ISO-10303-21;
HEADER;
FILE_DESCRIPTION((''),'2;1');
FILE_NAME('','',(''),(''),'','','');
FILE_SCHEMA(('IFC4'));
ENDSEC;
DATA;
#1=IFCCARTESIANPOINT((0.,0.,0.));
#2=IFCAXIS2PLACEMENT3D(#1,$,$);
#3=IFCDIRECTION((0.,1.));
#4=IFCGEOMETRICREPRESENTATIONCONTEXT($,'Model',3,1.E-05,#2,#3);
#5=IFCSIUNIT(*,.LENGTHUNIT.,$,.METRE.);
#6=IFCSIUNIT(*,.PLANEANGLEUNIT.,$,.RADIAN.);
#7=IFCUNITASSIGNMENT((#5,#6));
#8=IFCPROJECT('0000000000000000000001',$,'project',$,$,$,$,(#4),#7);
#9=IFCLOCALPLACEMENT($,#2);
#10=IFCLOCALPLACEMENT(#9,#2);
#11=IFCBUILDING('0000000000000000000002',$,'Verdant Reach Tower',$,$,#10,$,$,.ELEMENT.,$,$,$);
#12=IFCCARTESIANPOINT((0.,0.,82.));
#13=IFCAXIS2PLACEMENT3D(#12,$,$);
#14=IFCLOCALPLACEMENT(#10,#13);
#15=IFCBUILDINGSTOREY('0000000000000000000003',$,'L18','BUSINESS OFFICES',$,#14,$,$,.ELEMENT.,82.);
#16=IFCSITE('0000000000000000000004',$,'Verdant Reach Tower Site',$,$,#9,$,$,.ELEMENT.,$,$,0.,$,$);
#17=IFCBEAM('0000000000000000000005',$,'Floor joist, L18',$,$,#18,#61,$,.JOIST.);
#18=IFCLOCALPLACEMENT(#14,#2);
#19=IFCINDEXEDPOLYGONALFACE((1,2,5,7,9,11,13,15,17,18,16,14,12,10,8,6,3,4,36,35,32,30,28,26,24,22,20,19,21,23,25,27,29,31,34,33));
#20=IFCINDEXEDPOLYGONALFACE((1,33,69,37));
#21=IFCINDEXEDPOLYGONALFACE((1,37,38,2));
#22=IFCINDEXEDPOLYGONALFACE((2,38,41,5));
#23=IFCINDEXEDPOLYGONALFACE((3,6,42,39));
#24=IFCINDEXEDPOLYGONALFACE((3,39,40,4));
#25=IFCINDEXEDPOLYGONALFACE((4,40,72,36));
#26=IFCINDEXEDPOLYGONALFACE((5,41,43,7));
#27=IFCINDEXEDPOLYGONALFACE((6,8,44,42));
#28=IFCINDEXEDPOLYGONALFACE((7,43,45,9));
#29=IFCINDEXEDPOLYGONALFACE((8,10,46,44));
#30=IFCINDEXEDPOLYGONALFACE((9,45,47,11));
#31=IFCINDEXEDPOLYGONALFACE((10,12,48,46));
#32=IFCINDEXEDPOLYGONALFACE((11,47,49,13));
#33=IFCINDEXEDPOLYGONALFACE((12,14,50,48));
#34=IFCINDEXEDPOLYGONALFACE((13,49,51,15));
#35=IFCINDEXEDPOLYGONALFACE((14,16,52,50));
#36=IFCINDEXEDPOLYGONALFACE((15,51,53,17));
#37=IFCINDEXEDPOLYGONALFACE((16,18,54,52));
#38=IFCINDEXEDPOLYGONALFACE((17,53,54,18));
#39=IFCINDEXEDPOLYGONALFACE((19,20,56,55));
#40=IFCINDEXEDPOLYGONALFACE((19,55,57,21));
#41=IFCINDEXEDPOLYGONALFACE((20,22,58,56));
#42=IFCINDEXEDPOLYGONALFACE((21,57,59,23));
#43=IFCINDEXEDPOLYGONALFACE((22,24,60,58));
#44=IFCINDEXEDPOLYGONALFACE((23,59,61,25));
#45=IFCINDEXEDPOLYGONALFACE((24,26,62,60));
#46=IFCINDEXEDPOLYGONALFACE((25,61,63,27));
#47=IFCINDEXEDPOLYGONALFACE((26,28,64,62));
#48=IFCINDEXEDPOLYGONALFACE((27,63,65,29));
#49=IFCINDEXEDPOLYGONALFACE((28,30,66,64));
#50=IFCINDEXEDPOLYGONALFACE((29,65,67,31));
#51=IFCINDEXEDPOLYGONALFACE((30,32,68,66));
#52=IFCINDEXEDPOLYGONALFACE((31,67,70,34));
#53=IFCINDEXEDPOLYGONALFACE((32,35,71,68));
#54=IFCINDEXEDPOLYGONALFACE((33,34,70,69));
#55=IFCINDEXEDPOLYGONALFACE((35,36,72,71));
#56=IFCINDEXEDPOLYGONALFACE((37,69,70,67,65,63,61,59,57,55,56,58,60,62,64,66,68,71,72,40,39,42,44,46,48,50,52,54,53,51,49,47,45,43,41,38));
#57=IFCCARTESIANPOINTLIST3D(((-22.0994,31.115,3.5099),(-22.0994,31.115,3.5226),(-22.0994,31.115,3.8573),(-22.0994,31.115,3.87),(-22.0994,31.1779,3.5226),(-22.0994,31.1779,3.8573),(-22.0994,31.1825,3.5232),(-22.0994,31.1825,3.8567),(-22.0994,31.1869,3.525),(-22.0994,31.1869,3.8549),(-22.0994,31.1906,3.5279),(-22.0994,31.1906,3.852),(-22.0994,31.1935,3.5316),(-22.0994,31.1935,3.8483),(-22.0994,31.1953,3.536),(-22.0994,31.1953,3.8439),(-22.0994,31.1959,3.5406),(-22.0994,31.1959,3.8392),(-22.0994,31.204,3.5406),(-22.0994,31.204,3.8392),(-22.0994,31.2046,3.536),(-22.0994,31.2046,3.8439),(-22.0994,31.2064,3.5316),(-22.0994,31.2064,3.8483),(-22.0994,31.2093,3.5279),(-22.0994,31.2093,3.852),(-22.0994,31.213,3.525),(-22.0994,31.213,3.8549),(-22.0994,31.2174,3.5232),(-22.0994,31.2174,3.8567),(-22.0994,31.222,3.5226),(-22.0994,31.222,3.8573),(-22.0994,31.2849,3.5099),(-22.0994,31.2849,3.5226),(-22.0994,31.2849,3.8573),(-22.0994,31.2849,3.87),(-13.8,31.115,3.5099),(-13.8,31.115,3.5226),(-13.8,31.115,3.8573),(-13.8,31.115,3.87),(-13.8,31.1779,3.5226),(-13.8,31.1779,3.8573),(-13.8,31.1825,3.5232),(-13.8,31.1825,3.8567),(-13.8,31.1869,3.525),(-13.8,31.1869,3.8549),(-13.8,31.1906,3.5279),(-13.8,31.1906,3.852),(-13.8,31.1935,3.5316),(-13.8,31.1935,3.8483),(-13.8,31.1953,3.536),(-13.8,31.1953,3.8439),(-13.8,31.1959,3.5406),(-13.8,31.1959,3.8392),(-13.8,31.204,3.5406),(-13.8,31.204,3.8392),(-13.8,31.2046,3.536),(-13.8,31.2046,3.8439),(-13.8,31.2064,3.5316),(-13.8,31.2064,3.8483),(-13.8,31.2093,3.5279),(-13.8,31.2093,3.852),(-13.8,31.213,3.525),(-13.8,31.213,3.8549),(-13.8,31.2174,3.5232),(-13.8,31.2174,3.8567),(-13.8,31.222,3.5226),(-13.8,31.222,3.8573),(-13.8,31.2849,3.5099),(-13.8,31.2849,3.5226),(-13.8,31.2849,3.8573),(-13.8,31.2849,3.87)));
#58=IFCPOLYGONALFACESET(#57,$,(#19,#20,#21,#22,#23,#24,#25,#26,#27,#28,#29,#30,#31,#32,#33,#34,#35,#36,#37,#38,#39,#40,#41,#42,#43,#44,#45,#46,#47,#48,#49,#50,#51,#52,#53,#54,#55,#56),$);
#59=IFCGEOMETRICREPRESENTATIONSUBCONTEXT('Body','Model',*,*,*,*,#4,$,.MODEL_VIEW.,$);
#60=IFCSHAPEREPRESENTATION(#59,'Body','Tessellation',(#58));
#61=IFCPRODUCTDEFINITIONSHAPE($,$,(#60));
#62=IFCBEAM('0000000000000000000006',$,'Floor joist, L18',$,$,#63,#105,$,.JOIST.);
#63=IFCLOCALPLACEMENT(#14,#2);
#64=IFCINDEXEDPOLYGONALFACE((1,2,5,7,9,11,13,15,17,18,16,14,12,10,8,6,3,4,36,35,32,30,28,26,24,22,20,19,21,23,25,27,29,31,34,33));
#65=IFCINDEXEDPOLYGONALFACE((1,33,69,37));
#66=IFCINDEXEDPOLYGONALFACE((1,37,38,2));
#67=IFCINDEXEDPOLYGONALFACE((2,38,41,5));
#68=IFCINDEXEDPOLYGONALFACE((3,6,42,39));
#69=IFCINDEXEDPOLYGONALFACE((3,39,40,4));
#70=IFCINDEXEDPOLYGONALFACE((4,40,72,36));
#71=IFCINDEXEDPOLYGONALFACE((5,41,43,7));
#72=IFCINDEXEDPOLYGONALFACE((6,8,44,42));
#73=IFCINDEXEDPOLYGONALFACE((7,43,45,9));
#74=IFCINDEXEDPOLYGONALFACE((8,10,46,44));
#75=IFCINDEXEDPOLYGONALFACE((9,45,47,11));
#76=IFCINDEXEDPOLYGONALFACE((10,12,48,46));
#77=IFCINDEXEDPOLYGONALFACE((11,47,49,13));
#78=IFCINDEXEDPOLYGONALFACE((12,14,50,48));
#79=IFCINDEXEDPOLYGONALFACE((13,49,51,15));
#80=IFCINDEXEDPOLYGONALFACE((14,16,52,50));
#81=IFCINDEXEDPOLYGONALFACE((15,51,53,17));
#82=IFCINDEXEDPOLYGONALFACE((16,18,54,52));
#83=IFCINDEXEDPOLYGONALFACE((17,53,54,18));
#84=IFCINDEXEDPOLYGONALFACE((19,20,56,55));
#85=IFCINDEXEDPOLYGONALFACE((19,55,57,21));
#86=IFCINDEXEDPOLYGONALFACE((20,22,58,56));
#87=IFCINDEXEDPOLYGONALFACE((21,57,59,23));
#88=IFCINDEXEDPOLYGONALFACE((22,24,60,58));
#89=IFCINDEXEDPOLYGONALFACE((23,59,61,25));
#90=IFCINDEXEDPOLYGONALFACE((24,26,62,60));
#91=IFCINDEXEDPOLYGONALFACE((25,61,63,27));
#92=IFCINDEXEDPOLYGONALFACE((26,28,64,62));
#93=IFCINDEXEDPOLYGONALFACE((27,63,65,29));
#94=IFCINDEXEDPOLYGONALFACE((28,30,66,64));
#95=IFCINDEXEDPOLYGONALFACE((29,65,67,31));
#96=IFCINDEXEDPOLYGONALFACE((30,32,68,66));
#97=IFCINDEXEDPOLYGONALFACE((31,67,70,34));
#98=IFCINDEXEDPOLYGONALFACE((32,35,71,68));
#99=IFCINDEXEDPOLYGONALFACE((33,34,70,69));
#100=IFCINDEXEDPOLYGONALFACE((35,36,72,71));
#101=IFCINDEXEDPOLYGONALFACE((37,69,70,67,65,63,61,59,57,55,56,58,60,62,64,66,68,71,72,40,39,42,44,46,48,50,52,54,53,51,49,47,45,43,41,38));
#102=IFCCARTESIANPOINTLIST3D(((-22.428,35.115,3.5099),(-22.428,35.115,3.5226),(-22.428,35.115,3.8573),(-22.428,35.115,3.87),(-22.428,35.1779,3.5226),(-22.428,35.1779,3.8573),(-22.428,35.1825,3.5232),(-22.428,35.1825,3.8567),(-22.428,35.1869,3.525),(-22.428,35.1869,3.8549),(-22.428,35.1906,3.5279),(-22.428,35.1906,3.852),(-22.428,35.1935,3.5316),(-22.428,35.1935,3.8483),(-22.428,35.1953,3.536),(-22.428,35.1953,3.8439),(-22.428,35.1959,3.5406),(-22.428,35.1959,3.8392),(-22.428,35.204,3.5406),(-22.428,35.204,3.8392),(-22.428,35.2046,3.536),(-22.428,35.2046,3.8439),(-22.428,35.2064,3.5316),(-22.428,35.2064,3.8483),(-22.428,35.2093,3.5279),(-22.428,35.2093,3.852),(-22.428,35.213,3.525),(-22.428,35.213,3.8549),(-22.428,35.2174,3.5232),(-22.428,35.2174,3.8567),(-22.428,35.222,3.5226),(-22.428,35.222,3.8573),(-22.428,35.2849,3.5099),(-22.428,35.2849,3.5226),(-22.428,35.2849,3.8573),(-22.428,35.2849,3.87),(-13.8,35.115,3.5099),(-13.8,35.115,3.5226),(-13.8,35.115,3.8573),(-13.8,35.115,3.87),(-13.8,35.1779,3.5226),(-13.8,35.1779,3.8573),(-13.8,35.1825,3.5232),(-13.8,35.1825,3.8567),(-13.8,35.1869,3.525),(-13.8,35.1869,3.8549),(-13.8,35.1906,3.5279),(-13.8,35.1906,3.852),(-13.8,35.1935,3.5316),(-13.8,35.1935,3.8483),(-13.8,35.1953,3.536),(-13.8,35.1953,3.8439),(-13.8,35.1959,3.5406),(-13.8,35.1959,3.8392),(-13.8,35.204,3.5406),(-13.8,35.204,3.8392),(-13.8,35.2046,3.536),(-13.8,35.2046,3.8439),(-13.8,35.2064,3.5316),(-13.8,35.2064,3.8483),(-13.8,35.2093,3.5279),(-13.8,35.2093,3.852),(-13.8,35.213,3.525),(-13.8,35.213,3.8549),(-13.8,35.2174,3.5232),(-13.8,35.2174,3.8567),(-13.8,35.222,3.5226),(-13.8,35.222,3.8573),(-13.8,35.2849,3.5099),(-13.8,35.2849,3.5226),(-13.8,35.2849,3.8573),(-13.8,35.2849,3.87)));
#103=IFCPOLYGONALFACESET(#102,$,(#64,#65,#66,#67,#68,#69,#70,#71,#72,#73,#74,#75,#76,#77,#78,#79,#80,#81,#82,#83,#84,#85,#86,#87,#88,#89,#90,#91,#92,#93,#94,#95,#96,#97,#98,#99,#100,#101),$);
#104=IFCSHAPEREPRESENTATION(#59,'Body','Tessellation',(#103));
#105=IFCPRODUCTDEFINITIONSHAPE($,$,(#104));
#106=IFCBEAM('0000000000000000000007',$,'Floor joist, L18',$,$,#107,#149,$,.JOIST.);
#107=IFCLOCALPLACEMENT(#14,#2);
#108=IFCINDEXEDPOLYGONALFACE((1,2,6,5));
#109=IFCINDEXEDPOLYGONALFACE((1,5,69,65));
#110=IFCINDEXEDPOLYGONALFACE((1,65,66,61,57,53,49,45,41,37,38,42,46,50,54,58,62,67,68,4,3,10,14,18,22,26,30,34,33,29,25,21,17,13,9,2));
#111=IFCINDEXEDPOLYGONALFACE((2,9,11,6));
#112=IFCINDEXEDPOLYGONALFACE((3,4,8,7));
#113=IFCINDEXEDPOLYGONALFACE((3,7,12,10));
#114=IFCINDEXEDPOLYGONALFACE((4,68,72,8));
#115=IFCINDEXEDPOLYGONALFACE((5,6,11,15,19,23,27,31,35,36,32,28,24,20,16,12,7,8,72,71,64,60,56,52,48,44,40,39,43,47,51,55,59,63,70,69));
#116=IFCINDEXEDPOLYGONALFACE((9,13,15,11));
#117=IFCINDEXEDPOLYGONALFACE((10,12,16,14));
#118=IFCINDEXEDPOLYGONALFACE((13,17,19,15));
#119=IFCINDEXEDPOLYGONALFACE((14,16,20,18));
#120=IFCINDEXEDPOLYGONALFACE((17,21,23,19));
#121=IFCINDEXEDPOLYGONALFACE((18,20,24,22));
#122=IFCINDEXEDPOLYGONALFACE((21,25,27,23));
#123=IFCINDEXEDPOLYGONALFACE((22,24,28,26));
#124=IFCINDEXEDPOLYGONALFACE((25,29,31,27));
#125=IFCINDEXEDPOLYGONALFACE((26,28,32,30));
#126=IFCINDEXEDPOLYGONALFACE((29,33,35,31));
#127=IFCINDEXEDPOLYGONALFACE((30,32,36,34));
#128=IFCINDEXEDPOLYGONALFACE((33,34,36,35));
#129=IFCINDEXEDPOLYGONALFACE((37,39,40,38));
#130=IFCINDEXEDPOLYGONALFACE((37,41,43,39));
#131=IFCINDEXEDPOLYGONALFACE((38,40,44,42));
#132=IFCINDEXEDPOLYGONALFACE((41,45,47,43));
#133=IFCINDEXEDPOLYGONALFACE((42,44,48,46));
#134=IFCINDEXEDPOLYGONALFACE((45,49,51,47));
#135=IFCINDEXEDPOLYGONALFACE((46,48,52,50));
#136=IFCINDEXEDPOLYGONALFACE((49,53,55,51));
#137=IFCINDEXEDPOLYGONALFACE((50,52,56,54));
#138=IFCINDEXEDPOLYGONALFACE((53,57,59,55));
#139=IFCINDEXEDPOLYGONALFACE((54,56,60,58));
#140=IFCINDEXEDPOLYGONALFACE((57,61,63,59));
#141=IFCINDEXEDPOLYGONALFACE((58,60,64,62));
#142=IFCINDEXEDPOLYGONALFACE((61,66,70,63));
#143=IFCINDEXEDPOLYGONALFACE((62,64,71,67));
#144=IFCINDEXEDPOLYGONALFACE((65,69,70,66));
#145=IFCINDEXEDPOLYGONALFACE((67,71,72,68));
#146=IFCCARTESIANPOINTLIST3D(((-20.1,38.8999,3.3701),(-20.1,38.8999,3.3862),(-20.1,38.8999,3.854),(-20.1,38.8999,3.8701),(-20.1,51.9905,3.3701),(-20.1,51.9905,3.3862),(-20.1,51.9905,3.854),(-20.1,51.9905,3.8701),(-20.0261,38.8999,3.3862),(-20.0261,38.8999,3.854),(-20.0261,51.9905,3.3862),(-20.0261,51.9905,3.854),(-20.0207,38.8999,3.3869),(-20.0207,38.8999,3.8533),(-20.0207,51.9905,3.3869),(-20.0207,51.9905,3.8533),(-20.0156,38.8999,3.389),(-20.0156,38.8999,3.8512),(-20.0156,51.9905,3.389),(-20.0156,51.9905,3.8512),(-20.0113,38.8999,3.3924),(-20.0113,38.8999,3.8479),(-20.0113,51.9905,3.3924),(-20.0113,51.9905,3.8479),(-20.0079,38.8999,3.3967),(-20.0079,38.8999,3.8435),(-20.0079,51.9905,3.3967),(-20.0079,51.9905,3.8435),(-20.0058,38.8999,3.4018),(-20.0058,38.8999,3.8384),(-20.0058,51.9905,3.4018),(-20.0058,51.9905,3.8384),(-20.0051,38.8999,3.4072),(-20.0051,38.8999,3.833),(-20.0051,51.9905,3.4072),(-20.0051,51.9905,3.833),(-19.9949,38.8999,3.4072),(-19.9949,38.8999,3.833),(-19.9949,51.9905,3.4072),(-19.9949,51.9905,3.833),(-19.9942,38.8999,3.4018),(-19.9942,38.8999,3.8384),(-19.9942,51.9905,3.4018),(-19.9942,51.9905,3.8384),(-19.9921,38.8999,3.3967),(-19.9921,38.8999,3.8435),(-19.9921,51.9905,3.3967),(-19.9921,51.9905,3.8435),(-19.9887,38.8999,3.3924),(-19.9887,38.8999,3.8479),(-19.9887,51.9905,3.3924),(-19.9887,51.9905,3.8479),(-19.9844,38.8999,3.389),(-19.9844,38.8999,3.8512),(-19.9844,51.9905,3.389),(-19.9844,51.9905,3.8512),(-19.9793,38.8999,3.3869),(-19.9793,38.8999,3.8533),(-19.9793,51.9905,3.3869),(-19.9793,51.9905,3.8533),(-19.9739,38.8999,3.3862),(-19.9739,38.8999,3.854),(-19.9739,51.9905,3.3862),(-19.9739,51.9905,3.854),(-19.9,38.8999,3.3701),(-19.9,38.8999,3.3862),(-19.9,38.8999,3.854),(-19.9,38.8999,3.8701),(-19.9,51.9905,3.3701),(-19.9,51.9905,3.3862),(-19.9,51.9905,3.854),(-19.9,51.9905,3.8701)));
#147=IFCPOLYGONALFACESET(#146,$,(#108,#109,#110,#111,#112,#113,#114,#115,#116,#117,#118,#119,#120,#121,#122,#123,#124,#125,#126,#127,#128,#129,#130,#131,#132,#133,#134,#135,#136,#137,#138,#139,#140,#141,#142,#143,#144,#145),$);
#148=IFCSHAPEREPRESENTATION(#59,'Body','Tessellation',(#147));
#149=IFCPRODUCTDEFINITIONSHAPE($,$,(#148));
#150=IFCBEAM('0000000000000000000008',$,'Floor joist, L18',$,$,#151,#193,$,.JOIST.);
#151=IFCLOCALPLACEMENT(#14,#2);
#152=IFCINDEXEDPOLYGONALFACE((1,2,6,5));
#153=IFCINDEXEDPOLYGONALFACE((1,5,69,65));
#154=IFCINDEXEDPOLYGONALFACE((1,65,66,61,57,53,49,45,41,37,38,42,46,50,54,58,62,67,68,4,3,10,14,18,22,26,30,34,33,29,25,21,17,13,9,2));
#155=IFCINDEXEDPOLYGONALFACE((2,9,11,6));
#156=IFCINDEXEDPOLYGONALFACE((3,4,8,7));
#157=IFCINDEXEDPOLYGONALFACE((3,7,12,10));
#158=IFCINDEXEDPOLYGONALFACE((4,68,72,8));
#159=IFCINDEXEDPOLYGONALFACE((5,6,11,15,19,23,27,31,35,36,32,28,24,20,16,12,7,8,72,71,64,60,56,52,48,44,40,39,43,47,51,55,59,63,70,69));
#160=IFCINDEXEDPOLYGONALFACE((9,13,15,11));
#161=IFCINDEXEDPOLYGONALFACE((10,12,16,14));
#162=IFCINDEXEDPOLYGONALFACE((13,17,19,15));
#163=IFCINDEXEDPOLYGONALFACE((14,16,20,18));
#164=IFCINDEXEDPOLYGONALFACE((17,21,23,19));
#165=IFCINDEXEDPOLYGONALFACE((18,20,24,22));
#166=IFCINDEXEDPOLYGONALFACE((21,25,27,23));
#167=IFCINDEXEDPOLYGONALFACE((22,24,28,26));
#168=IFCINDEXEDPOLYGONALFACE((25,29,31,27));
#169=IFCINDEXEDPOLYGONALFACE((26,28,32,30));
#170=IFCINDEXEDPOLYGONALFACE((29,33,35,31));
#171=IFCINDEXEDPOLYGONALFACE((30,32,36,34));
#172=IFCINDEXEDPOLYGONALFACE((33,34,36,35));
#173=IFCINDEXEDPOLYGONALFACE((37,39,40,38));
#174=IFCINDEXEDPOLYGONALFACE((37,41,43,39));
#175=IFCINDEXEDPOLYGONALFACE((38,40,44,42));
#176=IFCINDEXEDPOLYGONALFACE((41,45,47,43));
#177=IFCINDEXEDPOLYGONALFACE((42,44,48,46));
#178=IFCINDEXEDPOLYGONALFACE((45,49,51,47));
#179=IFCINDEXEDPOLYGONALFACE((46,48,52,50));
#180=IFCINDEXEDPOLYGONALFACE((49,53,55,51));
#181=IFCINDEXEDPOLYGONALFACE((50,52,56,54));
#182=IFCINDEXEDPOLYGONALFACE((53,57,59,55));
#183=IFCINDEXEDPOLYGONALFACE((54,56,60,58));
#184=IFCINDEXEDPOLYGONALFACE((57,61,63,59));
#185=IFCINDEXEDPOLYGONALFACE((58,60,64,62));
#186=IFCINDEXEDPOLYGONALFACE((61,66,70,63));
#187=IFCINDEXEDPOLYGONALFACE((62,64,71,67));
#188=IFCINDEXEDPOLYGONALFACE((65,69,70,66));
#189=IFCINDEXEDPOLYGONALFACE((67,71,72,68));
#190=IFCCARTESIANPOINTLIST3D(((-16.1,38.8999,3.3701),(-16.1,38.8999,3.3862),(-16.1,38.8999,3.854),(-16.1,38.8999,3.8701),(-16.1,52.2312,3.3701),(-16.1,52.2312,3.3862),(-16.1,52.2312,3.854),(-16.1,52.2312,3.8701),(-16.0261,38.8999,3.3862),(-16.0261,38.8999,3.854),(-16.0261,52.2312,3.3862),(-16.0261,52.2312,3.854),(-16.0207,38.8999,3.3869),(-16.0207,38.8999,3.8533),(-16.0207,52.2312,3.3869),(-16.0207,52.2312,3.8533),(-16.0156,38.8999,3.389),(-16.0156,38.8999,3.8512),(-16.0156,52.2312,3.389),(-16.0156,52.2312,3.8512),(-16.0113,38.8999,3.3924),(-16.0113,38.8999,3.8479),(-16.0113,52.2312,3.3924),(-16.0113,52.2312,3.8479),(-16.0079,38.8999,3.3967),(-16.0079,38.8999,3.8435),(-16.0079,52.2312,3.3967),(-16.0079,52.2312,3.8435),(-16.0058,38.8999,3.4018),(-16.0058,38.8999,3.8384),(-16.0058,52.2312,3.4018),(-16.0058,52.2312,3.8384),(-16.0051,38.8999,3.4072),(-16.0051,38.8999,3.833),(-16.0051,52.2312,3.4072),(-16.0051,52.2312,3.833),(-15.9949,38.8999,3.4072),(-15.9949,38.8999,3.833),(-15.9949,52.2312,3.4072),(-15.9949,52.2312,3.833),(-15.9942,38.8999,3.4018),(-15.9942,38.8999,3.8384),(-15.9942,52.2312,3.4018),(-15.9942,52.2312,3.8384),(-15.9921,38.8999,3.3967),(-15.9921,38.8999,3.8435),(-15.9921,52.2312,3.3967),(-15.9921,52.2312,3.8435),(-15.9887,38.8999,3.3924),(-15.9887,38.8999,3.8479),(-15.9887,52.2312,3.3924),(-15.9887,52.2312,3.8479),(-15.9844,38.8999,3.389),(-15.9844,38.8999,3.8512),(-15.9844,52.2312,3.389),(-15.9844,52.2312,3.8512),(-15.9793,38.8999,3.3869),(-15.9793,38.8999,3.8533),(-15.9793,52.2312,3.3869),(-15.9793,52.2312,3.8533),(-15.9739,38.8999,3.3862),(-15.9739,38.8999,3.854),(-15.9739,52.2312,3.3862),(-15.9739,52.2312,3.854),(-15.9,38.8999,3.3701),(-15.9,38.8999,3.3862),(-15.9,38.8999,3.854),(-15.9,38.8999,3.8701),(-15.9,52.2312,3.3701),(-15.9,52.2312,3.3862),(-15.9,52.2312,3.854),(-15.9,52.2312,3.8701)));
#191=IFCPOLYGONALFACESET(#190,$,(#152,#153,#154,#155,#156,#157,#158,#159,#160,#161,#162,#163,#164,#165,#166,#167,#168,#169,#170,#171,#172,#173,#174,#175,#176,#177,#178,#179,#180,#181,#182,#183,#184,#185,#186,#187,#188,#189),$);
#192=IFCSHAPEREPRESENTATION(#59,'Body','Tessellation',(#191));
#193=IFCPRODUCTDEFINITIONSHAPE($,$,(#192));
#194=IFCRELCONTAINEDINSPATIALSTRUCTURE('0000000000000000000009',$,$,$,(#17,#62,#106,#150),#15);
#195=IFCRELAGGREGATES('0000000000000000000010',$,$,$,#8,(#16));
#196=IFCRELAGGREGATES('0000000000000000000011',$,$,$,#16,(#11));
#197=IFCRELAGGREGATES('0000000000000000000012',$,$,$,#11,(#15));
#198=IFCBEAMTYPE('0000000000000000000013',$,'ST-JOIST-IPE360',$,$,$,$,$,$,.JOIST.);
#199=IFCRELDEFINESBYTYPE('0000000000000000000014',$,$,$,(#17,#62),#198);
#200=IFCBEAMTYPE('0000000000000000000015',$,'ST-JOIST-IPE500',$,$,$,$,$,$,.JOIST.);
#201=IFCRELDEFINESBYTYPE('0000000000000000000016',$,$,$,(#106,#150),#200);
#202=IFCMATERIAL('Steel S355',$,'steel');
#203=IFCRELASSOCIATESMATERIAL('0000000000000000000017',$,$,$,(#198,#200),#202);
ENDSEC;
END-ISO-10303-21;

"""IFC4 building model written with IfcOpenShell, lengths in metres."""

from ifc_helpers import new_model, si_unit, direction, frame, origin, origin_2d, place, context, subcontext, project, spatial, i_section, extrude, material, material_profile, profile_set, type_object, element, save


model = new_model("IFC4")

# Units and contexts
model_context = context("Model", 3, precision=1e-05, world=origin(), true_north=direction((0.0, 1.0)))
body_context = subcontext(model_context, "Body", "Model", "MODEL_VIEW")
ifc_project = project(units=[si_unit("LENGTHUNIT", "METRE"), si_unit("PLANEANGLEUNIT", "RADIAN")], contexts=[model_context])

# Site, building, storey
site_placement = place(None, origin())
site = spatial("IfcSite", under=ifc_project, at=site_placement, Name="Verdant Reach Tower Site", CompositionType="ELEMENT", RefElevation=0.0)
building_placement = place(site_placement, origin())
building = spatial("IfcBuilding", under=site, at=building_placement, Name="Verdant Reach Tower", CompositionType="ELEMENT")
storey_placement = place(building_placement, frame((0.0, 0.0, 82.0)))
storey = spatial("IfcBuildingStorey", under=building, at=storey_placement, Name="L18", Description="BUSINESS OFFICES", CompositionType="ELEMENT", Elevation=82.0)

# Beams
ifc_material_1 = material(Name="Steel S355", Category="steel")
ifc_material_profile_1 = material_profile(ifc_material_1, i_section(OverallWidth=0.1699, OverallDepth=0.3601, WebThickness=0.0081, FlangeThickness=0.0127, FilletRadius=0.0181, at=origin_2d()), Name="IPE 360")
ifc_profile_set_1 = profile_set([ifc_material_profile_1], Name="Steel S355")
beam_type_1 = type_object("IfcBeamType", Name="ST-JOIST-IPE360", PredefinedType="JOIST", material=ifc_profile_set_1)
beam_1_placement = place(storey_placement, frame((-13.8, 31.2, 3.6899), z_axis=(-1.0, 0.0, 0.0), x_axis=(0.0, -1.0, 0.0)))
element("IfcBeam", 1, at=beam_1_placement, inside=storey, type_object=beam_type_1, Name="Floor joist, L18", PredefinedType="JOIST", context=body_context, shape_type="SweptSolid", body=[
    extrude(i_section(OverallWidth=0.1699, OverallDepth=0.3601, WebThickness=0.0081, FlangeThickness=0.0127, FilletRadius=0.0181, at=origin_2d()), origin(), (0.0, 0.0, 1.0), 8.2993),
])
beam_2_placement = place(storey_placement, frame((-13.8, 35.2, 3.6899), z_axis=(-1.0, 0.0, 0.0), x_axis=(0.0, -1.0, 0.0)))
element("IfcBeam", 2, at=beam_2_placement, inside=storey, type_object=beam_type_1, Name="Floor joist, L18", PredefinedType="JOIST", context=body_context, shape_type="SweptSolid", body=[
    extrude(i_section(OverallWidth=0.1699, OverallDepth=0.3601, WebThickness=0.0081, FlangeThickness=0.0127, FilletRadius=0.0181, at=origin_2d()), origin(), (0.0, 0.0, 1.0), 8.6279),
])
ifc_material_profile_2 = material_profile(ifc_material_1, i_section(OverallWidth=0.2, OverallDepth=0.5, WebThickness=0.0103, FlangeThickness=0.0161, FilletRadius=0.021, at=origin_2d()), Name="IPE 500")
ifc_profile_set_2 = profile_set([ifc_material_profile_2], Name="Steel S355")
beam_type_2 = type_object("IfcBeamType", Name="ST-JOIST-IPE500", PredefinedType="JOIST", material=ifc_profile_set_2)
beam_3_placement = place(storey_placement, frame((-20.0, 38.8999, 3.6201), z_axis=(0.0, 1.0, 0.0), x_axis=(-1.0, 0.0, 0.0)))
element("IfcBeam", 3, at=beam_3_placement, inside=storey, type_object=beam_type_2, Name="Floor joist, L18", PredefinedType="JOIST", context=body_context, shape_type="SweptSolid", body=[
    extrude(i_section(OverallWidth=0.2, OverallDepth=0.5, WebThickness=0.0103, FlangeThickness=0.0161, FilletRadius=0.021, at=origin_2d()), origin(), (0.0, 0.0, 1.0), 13.0906),
])
beam_4_placement = place(storey_placement, frame((-16.0, 38.8999, 3.6201), z_axis=(0.0, 1.0, 0.0), x_axis=(-1.0, 0.0, 0.0)))
element("IfcBeam", 4, at=beam_4_placement, inside=storey, type_object=beam_type_2, Name="Floor joist, L18", PredefinedType="JOIST", context=body_context, shape_type="SweptSolid", body=[
    extrude(i_section(OverallWidth=0.2, OverallDepth=0.5, WebThickness=0.0103, FlangeThickness=0.0161, FilletRadius=0.021, at=origin_2d()), origin(), (0.0, 0.0, 1.0), 13.3313),
])

save(model, "model.ifc")
